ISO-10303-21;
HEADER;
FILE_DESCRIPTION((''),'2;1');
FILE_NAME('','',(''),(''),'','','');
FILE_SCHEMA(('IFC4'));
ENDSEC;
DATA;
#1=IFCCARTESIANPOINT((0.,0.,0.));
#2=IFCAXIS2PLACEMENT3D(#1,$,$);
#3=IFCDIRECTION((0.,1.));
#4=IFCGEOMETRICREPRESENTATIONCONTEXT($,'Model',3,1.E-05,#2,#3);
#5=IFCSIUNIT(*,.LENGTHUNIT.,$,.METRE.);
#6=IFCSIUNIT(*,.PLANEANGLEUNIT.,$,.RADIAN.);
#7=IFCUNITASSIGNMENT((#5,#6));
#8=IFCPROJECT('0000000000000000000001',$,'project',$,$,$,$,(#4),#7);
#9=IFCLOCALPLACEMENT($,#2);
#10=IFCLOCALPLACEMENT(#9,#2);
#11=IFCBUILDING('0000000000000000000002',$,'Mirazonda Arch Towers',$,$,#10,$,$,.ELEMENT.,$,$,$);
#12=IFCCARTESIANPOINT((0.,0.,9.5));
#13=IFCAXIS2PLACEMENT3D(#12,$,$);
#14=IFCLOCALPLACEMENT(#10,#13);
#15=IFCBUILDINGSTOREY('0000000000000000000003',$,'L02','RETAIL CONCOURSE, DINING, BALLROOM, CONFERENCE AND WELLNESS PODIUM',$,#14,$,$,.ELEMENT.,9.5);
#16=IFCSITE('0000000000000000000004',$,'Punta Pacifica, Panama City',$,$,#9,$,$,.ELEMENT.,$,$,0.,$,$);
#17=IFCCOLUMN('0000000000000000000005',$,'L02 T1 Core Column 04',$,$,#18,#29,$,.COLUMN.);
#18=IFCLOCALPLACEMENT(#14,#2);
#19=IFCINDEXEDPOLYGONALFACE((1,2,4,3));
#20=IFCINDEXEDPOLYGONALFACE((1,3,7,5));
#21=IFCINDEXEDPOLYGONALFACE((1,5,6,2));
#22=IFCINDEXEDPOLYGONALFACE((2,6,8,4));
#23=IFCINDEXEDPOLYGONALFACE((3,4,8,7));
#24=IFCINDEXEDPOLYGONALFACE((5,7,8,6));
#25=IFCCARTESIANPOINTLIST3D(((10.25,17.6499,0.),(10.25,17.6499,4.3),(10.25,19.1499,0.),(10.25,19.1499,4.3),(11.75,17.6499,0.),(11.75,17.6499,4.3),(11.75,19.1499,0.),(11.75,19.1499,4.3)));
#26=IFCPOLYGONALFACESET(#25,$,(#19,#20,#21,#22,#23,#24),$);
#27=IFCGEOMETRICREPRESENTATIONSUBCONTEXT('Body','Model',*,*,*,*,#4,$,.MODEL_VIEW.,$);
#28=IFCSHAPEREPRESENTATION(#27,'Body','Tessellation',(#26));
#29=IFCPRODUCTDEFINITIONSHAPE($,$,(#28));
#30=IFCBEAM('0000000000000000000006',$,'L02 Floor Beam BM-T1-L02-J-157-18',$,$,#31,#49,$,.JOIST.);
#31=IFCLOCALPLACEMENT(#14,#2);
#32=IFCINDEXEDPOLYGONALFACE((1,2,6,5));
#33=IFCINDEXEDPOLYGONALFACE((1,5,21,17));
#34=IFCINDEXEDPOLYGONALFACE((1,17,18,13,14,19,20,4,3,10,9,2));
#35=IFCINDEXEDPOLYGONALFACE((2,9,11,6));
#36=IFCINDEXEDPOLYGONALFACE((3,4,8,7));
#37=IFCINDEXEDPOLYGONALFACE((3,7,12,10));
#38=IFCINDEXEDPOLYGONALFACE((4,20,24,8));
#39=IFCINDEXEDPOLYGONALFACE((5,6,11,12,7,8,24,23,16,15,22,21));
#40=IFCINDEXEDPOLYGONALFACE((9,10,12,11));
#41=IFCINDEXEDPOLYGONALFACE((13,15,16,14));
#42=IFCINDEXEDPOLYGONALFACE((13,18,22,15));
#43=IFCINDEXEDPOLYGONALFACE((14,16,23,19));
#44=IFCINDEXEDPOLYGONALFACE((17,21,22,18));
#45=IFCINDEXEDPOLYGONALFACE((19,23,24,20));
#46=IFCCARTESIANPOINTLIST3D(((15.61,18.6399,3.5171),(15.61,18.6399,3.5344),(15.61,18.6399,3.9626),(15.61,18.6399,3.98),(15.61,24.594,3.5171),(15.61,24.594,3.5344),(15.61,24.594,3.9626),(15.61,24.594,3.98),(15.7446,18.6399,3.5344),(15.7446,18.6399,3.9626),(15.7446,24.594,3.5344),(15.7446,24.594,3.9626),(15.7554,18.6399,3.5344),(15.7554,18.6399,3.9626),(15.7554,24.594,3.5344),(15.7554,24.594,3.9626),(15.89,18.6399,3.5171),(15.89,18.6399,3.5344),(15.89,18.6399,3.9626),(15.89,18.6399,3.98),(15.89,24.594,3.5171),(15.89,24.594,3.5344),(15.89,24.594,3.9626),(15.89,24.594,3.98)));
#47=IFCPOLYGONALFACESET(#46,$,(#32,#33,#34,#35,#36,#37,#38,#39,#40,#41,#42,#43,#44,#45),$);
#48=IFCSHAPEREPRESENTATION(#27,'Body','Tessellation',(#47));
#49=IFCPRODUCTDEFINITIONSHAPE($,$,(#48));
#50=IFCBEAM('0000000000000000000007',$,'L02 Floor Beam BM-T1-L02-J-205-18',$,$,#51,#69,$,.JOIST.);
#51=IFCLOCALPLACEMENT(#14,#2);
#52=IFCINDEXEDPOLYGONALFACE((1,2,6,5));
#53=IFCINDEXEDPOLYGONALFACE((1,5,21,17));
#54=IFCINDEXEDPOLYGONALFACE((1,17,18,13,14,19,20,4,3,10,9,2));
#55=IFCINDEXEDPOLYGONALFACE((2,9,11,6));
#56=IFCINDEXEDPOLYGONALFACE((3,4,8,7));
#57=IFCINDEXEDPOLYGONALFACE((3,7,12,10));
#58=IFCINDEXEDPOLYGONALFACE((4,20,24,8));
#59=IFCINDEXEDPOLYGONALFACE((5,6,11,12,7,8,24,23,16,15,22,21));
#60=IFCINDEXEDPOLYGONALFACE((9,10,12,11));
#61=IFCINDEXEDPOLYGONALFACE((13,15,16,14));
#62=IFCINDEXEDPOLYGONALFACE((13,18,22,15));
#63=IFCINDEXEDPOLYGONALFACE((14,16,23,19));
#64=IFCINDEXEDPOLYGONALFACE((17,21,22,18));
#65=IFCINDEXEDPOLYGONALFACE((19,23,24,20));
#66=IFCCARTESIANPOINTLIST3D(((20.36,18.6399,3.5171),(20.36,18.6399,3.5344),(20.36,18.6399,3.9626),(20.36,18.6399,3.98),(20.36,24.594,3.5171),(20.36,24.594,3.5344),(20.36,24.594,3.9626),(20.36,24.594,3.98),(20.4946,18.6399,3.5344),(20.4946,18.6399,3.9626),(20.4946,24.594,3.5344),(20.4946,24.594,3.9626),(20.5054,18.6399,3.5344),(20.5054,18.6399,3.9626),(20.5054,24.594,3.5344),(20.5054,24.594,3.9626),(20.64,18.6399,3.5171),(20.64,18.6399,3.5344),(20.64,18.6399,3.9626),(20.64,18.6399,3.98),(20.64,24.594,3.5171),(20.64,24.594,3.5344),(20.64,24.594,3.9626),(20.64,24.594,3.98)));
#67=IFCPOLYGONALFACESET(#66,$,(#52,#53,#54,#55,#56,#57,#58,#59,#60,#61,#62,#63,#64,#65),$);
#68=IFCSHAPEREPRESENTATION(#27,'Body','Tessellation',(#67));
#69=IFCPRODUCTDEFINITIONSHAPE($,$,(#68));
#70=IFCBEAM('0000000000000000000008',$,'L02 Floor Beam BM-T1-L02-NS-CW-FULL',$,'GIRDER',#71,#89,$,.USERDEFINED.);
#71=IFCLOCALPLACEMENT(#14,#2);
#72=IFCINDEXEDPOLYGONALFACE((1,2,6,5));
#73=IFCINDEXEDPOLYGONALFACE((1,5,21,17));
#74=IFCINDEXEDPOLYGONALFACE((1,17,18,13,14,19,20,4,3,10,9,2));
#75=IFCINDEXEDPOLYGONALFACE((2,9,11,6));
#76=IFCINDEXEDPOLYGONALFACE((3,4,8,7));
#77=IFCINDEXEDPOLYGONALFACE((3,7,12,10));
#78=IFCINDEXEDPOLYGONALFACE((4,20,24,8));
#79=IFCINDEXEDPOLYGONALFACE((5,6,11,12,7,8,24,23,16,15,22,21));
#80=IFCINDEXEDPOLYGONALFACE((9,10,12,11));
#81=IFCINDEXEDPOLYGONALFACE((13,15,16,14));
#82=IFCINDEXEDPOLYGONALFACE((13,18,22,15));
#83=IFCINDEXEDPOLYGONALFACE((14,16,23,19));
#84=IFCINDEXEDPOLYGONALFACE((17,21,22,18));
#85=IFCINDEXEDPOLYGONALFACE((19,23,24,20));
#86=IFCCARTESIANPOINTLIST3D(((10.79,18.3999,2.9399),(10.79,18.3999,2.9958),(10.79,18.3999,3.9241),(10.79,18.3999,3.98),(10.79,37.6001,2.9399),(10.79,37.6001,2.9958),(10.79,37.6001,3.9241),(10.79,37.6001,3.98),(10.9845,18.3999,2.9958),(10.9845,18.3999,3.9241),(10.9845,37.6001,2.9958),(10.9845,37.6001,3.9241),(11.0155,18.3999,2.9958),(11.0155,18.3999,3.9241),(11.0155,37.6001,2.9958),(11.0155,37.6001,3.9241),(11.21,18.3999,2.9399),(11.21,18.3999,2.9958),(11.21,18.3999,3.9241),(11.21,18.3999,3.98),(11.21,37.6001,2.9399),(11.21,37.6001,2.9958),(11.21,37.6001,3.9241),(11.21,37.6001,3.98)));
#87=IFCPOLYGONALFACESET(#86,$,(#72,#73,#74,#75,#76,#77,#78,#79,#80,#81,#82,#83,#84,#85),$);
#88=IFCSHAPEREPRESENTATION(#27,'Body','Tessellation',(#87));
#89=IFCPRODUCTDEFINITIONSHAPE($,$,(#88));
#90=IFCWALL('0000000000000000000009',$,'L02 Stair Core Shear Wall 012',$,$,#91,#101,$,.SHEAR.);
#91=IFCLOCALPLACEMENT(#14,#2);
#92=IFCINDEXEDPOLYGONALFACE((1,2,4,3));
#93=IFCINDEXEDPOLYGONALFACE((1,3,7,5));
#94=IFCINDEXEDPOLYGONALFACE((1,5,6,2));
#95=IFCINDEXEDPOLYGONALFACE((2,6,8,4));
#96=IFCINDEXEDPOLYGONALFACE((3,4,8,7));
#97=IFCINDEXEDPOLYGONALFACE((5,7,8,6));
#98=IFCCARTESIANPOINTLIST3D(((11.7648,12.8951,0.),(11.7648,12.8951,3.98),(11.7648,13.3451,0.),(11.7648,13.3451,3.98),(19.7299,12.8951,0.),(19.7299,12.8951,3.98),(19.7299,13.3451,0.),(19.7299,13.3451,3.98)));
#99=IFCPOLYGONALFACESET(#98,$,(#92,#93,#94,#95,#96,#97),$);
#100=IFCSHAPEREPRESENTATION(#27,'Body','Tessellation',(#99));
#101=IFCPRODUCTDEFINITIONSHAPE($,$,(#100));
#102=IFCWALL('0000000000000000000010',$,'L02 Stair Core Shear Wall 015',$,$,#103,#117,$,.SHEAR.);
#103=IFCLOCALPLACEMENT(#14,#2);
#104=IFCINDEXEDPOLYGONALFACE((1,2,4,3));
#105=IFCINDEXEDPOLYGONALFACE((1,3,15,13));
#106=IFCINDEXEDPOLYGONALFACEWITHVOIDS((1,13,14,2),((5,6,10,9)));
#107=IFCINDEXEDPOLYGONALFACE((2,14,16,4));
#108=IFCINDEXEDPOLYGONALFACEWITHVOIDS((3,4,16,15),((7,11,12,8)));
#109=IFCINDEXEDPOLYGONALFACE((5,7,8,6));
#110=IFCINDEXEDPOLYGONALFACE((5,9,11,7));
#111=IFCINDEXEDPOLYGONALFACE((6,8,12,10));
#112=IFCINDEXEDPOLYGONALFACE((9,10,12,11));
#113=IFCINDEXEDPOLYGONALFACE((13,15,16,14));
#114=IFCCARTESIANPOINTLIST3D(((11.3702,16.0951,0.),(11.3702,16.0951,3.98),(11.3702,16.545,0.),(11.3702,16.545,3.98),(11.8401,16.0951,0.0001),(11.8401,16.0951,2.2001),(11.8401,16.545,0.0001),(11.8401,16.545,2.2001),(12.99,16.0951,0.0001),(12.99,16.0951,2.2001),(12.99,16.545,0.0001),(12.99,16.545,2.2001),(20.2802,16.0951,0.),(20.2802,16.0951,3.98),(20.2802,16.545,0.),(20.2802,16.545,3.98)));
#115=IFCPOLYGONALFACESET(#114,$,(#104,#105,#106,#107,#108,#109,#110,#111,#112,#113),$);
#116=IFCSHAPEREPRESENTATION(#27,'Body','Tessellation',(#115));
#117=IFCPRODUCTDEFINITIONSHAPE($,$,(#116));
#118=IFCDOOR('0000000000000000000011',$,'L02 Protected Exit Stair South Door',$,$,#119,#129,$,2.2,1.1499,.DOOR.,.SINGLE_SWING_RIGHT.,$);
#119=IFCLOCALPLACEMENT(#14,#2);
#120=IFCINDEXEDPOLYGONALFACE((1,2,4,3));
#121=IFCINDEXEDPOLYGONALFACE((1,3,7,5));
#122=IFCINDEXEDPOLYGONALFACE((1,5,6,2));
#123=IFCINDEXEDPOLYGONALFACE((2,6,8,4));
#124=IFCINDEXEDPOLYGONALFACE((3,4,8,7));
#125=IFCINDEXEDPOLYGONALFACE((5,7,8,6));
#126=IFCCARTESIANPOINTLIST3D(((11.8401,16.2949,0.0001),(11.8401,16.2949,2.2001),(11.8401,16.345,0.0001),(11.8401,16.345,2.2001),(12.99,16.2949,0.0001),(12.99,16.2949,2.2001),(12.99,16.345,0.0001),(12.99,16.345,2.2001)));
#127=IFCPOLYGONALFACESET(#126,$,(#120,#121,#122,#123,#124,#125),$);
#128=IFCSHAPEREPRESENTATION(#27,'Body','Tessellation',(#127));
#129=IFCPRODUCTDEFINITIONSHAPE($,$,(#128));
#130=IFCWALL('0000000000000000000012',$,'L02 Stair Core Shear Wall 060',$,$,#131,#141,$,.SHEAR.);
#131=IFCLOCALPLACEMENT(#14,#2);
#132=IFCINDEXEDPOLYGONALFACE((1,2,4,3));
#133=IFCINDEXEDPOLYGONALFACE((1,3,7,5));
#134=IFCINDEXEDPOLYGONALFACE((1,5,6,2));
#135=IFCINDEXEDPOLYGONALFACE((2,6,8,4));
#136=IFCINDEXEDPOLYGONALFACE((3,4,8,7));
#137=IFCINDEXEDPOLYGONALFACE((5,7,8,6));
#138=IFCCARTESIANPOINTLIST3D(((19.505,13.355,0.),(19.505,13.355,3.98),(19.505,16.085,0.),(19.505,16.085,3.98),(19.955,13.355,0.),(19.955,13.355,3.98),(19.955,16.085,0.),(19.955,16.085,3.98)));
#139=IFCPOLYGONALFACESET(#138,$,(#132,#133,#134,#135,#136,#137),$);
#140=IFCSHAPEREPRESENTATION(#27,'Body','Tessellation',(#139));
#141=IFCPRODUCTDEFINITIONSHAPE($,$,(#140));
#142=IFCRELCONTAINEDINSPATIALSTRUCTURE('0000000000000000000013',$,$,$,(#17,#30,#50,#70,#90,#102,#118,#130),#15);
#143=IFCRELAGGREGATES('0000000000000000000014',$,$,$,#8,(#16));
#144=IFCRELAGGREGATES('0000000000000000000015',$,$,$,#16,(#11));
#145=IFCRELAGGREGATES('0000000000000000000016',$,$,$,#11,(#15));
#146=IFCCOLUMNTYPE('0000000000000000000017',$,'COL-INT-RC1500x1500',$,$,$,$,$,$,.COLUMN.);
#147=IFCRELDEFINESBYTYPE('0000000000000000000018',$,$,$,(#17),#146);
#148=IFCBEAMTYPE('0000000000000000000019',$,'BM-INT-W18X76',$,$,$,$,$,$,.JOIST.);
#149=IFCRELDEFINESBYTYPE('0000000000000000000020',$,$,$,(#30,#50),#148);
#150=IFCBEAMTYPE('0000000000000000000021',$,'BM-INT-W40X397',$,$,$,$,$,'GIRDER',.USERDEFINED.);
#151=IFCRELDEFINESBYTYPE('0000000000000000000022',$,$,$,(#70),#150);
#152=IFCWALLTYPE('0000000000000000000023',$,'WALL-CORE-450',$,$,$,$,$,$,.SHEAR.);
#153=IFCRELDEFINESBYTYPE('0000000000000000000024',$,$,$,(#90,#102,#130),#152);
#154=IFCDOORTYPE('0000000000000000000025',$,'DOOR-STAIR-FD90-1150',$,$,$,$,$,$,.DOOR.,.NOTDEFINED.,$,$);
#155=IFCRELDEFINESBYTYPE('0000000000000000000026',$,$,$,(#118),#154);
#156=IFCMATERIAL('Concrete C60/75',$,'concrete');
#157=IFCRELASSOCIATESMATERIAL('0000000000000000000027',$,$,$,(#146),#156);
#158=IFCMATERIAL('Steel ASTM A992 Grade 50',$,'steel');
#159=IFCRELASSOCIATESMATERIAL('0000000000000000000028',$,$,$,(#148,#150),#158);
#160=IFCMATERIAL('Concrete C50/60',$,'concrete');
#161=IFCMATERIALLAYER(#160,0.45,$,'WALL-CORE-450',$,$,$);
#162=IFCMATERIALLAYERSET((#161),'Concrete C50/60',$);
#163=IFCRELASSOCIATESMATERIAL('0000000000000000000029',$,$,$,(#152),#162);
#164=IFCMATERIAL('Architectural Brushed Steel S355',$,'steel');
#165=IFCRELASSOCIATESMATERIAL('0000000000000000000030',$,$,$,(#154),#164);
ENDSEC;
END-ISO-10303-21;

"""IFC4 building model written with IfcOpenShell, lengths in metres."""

from ifc_helpers import new_model, si_unit, direction, frame, frame_2d, origin, origin_2d, place, context, subcontext, project, spatial, rectangle, i_section, extrude, material, layer, layer_set, material_profile, profile_set, type_object, element, fill, save


model = new_model("IFC4")

# Units and contexts
model_context = context("Model", 3, precision=1e-05, world=origin(), true_north=direction((0.0, 1.0)))
body_context = subcontext(model_context, "Body", "Model", "MODEL_VIEW")
ifc_project = project(units=[si_unit("LENGTHUNIT", "METRE"), si_unit("PLANEANGLEUNIT", "RADIAN")], contexts=[model_context])

# Site, building, storey
site_placement = place(None, origin())
site = spatial("IfcSite", under=ifc_project, at=site_placement, Name="Punta Pacifica, Panama City", CompositionType="ELEMENT", RefElevation=0.0)
building_placement = place(site_placement, origin())
building = spatial("IfcBuilding", under=site, at=building_placement, Name="Mirazonda Arch Towers", CompositionType="ELEMENT")
storey_placement = place(building_placement, frame((0.0, 0.0, 9.5)))
storey = spatial("IfcBuildingStorey", under=building, at=storey_placement, Name="L02", Description="RETAIL CONCOURSE, DINING, BALLROOM, CONFERENCE AND WELLNESS PODIUM", CompositionType="ELEMENT", Elevation=9.5)

# Column
ifc_material_1 = material(Name="Concrete C60/75", Category="concrete")
ifc_material_profile_1 = material_profile(ifc_material_1, rectangle(XDim=1.5, YDim=1.5, at=origin_2d()), Name="RC1500x1500")
ifc_profile_set_1 = profile_set([ifc_material_profile_1], Name="Concrete C60/75")
column_type = type_object("IfcColumnType", Name="COL-INT-RC1500x1500", PredefinedType="COLUMN", material=ifc_profile_set_1)
column_placement = place(storey_placement, frame((11.0, 18.3999, 0.0), z_axis=(0.0, 0.0, 1.0), x_axis=(1.0, 0.0, 0.0)))
element("IfcColumn", 1, at=column_placement, inside=storey, type_object=column_type, Name="L02 T1 Core Column 04", PredefinedType="COLUMN", context=body_context, shape_type="SweptSolid", body=[
    extrude(rectangle(XDim=1.5, YDim=1.5, at=origin_2d()), origin(), (0.0, 0.0, 1.0), 4.3),
])

# Beams
ifc_material_2 = material(Name="Steel ASTM A992 Grade 50", Category="steel")
ifc_material_profile_2 = material_profile(ifc_material_2, i_section(OverallWidth=0.28, OverallDepth=0.4629, WebThickness=0.0107, FlangeThickness=0.0173, at=origin_2d()), Name="W18X76")
ifc_profile_set_2 = profile_set([ifc_material_profile_2], Name="Steel ASTM A992 Grade 50")
beam_type_1 = type_object("IfcBeamType", Name="BM-INT-W18X76", PredefinedType="JOIST", material=ifc_profile_set_2)
for number, where, z_axis, x_axis, name in (
    (2, (15.75, 18.6399, 3.7485), (0.0, 1.0, 0.0), (-1.0, 0.0, 0.0), "L02 Floor Beam BM-T1-L02-J-157-18"),
    (3, (20.5, 18.6399, 3.7485), (0.0, 1.0, 0.0), (-1.0, 0.0, 0.0), "L02 Floor Beam BM-T1-L02-J-205-18"),
):
    element("IfcBeam", number, at=place(storey_placement, frame(where, z_axis=z_axis, x_axis=x_axis)), inside=storey, type_object=beam_type_1, Name=name, PredefinedType="JOIST", context=body_context, shape_type="SweptSolid", body=[
        extrude(i_section(OverallWidth=0.28, OverallDepth=0.4629, WebThickness=0.0107, FlangeThickness=0.0173, at=origin_2d()), origin(), (0.0, 0.0, 1.0), 5.9541),
    ])
ifc_material_profile_3 = material_profile(ifc_material_2, i_section(OverallWidth=0.4199, OverallDepth=1.04, WebThickness=0.031, FlangeThickness=0.0559, at=origin_2d()), Name="W40X397")
ifc_profile_set_3 = profile_set([ifc_material_profile_3], Name="Steel ASTM A992 Grade 50")
beam_type_2 = type_object("IfcBeamType", Name="BM-INT-W40X397", ElementType="GIRDER", PredefinedType="USERDEFINED", material=ifc_profile_set_3)
beam_placement = place(storey_placement, frame((11.0, 18.3999, 3.46), z_axis=(0.0, 1.0, 0.0), x_axis=(-1.0, 0.0, 0.0)))
element("IfcBeam", 4, at=beam_placement, inside=storey, type_object=beam_type_2, Name="L02 Floor Beam BM-T1-L02-NS-CW-FULL", ObjectType="GIRDER", PredefinedType="USERDEFINED", context=body_context, shape_type="SweptSolid", body=[
    extrude(i_section(OverallWidth=0.4199, OverallDepth=1.04, WebThickness=0.031, FlangeThickness=0.0559, at=origin_2d()), origin(), (0.0, 0.0, 1.0), 19.2002),
])

# Wall
ifc_material_3 = material(Name="Concrete C50/60", Category="concrete")
ifc_layer_1 = layer(ifc_material_3, 0.45, Name="WALL-CORE-450")
ifc_layer_set_1 = layer_set([ifc_layer_1], Name="Concrete C50/60")
wall_type_1 = type_object("IfcWallType", Name="WALL-CORE-450", PredefinedType="SHEAR", material=ifc_layer_set_1)
wall_1_placement = place(storey_placement, frame((11.7649, 13.1201, 0.0), z_axis=(0.0, 0.0, 1.0), x_axis=(1.0, 0.0, 0.0)))
element("IfcWall", 5, at=wall_1_placement, inside=storey, type_object=wall_type_1, Name="L02 Stair Core Shear Wall 012", PredefinedType="SHEAR", context=body_context, shape_type="SweptSolid", body=[
    extrude(rectangle(XDim=7.9651, YDim=0.45, at=frame_2d((3.9824, 0.0))), origin(), (0.0, 0.0, 1.0), 3.98),
])

# Wall, opening, door
wall_2_placement = place(storey_placement, frame((11.3701, 16.3201, 0.0), z_axis=(0.0, 0.0, 1.0), x_axis=(1.0, 0.0, 0.0)))
wall_2 = element("IfcWall", 6, at=wall_2_placement, inside=storey, type_object=wall_type_1, Name="L02 Stair Core Shear Wall 015", PredefinedType="SHEAR", context=body_context, shape_type="SweptSolid", body=[
    extrude(rectangle(XDim=8.9099, YDim=0.45, at=frame_2d((4.4551, 0.0))), origin(), (0.0, 0.0, 1.0), 3.98),
])
opening_1_placement = place(wall_2_placement, frame((0.47, 0.0, 0.0)))
opening_1 = element("IfcOpeningElement", 7, at=opening_1_placement, cuts=wall_2, PredefinedType="OPENING", context=body_context, shape_type="SweptSolid", body=[
    extrude(rectangle(XDim=1.1499, YDim=2.2, at=frame_2d((0.575, 1.1001))), frame((0.0, 0.2349, 0.0), z_axis=(0.0, -1.0, 0.0), x_axis=(1.0, 0.0, 0.0)), (0.0, 0.0, 1.0), 0.47),
])
ifc_material_4 = material(Name="Architectural Brushed Steel S355", Category="steel")
door_type_1 = type_object("IfcDoorType", Name="DOOR-STAIR-FD90-1150", OperationType="NOTDEFINED", PredefinedType="DOOR", material=ifc_material_4)
door_1_placement = place(opening_1_placement, origin())
door_1 = element("IfcDoor", 8, at=door_1_placement, inside=storey, type_object=door_type_1, Name="L02 Protected Exit Stair South Door", OperationType="SINGLE_SWING_RIGHT", OverallHeight=2.2, OverallWidth=1.1499, PredefinedType="DOOR", context=body_context, shape_type="SweptSolid", body=[
    extrude(rectangle(XDim=1.1499, YDim=2.2, at=frame_2d((0.575, 1.1001))), frame((0.0, 0.0249, 0.0), z_axis=(0.0, -1.0, 0.0), x_axis=(1.0, 0.0, 0.0)), (0.0, 0.0, 1.0), 0.05),
])
fill(opening_1, door_1)

# Wall
wall_3_placement = place(storey_placement, frame((19.73, 13.355, 0.0), z_axis=(0.0, 0.0, 1.0), x_axis=(0.0, 1.0, 0.0)))
element("IfcWall", 9, at=wall_3_placement, inside=storey, type_object=wall_type_1, Name="L02 Stair Core Shear Wall 060", PredefinedType="SHEAR", context=body_context, shape_type="SweptSolid", body=[
    extrude(rectangle(XDim=2.73, YDim=0.45, at=frame_2d((1.365, 0.0))), origin(), (0.0, 0.0, 1.0), 3.98),
])

save(model, "model.ifc")
